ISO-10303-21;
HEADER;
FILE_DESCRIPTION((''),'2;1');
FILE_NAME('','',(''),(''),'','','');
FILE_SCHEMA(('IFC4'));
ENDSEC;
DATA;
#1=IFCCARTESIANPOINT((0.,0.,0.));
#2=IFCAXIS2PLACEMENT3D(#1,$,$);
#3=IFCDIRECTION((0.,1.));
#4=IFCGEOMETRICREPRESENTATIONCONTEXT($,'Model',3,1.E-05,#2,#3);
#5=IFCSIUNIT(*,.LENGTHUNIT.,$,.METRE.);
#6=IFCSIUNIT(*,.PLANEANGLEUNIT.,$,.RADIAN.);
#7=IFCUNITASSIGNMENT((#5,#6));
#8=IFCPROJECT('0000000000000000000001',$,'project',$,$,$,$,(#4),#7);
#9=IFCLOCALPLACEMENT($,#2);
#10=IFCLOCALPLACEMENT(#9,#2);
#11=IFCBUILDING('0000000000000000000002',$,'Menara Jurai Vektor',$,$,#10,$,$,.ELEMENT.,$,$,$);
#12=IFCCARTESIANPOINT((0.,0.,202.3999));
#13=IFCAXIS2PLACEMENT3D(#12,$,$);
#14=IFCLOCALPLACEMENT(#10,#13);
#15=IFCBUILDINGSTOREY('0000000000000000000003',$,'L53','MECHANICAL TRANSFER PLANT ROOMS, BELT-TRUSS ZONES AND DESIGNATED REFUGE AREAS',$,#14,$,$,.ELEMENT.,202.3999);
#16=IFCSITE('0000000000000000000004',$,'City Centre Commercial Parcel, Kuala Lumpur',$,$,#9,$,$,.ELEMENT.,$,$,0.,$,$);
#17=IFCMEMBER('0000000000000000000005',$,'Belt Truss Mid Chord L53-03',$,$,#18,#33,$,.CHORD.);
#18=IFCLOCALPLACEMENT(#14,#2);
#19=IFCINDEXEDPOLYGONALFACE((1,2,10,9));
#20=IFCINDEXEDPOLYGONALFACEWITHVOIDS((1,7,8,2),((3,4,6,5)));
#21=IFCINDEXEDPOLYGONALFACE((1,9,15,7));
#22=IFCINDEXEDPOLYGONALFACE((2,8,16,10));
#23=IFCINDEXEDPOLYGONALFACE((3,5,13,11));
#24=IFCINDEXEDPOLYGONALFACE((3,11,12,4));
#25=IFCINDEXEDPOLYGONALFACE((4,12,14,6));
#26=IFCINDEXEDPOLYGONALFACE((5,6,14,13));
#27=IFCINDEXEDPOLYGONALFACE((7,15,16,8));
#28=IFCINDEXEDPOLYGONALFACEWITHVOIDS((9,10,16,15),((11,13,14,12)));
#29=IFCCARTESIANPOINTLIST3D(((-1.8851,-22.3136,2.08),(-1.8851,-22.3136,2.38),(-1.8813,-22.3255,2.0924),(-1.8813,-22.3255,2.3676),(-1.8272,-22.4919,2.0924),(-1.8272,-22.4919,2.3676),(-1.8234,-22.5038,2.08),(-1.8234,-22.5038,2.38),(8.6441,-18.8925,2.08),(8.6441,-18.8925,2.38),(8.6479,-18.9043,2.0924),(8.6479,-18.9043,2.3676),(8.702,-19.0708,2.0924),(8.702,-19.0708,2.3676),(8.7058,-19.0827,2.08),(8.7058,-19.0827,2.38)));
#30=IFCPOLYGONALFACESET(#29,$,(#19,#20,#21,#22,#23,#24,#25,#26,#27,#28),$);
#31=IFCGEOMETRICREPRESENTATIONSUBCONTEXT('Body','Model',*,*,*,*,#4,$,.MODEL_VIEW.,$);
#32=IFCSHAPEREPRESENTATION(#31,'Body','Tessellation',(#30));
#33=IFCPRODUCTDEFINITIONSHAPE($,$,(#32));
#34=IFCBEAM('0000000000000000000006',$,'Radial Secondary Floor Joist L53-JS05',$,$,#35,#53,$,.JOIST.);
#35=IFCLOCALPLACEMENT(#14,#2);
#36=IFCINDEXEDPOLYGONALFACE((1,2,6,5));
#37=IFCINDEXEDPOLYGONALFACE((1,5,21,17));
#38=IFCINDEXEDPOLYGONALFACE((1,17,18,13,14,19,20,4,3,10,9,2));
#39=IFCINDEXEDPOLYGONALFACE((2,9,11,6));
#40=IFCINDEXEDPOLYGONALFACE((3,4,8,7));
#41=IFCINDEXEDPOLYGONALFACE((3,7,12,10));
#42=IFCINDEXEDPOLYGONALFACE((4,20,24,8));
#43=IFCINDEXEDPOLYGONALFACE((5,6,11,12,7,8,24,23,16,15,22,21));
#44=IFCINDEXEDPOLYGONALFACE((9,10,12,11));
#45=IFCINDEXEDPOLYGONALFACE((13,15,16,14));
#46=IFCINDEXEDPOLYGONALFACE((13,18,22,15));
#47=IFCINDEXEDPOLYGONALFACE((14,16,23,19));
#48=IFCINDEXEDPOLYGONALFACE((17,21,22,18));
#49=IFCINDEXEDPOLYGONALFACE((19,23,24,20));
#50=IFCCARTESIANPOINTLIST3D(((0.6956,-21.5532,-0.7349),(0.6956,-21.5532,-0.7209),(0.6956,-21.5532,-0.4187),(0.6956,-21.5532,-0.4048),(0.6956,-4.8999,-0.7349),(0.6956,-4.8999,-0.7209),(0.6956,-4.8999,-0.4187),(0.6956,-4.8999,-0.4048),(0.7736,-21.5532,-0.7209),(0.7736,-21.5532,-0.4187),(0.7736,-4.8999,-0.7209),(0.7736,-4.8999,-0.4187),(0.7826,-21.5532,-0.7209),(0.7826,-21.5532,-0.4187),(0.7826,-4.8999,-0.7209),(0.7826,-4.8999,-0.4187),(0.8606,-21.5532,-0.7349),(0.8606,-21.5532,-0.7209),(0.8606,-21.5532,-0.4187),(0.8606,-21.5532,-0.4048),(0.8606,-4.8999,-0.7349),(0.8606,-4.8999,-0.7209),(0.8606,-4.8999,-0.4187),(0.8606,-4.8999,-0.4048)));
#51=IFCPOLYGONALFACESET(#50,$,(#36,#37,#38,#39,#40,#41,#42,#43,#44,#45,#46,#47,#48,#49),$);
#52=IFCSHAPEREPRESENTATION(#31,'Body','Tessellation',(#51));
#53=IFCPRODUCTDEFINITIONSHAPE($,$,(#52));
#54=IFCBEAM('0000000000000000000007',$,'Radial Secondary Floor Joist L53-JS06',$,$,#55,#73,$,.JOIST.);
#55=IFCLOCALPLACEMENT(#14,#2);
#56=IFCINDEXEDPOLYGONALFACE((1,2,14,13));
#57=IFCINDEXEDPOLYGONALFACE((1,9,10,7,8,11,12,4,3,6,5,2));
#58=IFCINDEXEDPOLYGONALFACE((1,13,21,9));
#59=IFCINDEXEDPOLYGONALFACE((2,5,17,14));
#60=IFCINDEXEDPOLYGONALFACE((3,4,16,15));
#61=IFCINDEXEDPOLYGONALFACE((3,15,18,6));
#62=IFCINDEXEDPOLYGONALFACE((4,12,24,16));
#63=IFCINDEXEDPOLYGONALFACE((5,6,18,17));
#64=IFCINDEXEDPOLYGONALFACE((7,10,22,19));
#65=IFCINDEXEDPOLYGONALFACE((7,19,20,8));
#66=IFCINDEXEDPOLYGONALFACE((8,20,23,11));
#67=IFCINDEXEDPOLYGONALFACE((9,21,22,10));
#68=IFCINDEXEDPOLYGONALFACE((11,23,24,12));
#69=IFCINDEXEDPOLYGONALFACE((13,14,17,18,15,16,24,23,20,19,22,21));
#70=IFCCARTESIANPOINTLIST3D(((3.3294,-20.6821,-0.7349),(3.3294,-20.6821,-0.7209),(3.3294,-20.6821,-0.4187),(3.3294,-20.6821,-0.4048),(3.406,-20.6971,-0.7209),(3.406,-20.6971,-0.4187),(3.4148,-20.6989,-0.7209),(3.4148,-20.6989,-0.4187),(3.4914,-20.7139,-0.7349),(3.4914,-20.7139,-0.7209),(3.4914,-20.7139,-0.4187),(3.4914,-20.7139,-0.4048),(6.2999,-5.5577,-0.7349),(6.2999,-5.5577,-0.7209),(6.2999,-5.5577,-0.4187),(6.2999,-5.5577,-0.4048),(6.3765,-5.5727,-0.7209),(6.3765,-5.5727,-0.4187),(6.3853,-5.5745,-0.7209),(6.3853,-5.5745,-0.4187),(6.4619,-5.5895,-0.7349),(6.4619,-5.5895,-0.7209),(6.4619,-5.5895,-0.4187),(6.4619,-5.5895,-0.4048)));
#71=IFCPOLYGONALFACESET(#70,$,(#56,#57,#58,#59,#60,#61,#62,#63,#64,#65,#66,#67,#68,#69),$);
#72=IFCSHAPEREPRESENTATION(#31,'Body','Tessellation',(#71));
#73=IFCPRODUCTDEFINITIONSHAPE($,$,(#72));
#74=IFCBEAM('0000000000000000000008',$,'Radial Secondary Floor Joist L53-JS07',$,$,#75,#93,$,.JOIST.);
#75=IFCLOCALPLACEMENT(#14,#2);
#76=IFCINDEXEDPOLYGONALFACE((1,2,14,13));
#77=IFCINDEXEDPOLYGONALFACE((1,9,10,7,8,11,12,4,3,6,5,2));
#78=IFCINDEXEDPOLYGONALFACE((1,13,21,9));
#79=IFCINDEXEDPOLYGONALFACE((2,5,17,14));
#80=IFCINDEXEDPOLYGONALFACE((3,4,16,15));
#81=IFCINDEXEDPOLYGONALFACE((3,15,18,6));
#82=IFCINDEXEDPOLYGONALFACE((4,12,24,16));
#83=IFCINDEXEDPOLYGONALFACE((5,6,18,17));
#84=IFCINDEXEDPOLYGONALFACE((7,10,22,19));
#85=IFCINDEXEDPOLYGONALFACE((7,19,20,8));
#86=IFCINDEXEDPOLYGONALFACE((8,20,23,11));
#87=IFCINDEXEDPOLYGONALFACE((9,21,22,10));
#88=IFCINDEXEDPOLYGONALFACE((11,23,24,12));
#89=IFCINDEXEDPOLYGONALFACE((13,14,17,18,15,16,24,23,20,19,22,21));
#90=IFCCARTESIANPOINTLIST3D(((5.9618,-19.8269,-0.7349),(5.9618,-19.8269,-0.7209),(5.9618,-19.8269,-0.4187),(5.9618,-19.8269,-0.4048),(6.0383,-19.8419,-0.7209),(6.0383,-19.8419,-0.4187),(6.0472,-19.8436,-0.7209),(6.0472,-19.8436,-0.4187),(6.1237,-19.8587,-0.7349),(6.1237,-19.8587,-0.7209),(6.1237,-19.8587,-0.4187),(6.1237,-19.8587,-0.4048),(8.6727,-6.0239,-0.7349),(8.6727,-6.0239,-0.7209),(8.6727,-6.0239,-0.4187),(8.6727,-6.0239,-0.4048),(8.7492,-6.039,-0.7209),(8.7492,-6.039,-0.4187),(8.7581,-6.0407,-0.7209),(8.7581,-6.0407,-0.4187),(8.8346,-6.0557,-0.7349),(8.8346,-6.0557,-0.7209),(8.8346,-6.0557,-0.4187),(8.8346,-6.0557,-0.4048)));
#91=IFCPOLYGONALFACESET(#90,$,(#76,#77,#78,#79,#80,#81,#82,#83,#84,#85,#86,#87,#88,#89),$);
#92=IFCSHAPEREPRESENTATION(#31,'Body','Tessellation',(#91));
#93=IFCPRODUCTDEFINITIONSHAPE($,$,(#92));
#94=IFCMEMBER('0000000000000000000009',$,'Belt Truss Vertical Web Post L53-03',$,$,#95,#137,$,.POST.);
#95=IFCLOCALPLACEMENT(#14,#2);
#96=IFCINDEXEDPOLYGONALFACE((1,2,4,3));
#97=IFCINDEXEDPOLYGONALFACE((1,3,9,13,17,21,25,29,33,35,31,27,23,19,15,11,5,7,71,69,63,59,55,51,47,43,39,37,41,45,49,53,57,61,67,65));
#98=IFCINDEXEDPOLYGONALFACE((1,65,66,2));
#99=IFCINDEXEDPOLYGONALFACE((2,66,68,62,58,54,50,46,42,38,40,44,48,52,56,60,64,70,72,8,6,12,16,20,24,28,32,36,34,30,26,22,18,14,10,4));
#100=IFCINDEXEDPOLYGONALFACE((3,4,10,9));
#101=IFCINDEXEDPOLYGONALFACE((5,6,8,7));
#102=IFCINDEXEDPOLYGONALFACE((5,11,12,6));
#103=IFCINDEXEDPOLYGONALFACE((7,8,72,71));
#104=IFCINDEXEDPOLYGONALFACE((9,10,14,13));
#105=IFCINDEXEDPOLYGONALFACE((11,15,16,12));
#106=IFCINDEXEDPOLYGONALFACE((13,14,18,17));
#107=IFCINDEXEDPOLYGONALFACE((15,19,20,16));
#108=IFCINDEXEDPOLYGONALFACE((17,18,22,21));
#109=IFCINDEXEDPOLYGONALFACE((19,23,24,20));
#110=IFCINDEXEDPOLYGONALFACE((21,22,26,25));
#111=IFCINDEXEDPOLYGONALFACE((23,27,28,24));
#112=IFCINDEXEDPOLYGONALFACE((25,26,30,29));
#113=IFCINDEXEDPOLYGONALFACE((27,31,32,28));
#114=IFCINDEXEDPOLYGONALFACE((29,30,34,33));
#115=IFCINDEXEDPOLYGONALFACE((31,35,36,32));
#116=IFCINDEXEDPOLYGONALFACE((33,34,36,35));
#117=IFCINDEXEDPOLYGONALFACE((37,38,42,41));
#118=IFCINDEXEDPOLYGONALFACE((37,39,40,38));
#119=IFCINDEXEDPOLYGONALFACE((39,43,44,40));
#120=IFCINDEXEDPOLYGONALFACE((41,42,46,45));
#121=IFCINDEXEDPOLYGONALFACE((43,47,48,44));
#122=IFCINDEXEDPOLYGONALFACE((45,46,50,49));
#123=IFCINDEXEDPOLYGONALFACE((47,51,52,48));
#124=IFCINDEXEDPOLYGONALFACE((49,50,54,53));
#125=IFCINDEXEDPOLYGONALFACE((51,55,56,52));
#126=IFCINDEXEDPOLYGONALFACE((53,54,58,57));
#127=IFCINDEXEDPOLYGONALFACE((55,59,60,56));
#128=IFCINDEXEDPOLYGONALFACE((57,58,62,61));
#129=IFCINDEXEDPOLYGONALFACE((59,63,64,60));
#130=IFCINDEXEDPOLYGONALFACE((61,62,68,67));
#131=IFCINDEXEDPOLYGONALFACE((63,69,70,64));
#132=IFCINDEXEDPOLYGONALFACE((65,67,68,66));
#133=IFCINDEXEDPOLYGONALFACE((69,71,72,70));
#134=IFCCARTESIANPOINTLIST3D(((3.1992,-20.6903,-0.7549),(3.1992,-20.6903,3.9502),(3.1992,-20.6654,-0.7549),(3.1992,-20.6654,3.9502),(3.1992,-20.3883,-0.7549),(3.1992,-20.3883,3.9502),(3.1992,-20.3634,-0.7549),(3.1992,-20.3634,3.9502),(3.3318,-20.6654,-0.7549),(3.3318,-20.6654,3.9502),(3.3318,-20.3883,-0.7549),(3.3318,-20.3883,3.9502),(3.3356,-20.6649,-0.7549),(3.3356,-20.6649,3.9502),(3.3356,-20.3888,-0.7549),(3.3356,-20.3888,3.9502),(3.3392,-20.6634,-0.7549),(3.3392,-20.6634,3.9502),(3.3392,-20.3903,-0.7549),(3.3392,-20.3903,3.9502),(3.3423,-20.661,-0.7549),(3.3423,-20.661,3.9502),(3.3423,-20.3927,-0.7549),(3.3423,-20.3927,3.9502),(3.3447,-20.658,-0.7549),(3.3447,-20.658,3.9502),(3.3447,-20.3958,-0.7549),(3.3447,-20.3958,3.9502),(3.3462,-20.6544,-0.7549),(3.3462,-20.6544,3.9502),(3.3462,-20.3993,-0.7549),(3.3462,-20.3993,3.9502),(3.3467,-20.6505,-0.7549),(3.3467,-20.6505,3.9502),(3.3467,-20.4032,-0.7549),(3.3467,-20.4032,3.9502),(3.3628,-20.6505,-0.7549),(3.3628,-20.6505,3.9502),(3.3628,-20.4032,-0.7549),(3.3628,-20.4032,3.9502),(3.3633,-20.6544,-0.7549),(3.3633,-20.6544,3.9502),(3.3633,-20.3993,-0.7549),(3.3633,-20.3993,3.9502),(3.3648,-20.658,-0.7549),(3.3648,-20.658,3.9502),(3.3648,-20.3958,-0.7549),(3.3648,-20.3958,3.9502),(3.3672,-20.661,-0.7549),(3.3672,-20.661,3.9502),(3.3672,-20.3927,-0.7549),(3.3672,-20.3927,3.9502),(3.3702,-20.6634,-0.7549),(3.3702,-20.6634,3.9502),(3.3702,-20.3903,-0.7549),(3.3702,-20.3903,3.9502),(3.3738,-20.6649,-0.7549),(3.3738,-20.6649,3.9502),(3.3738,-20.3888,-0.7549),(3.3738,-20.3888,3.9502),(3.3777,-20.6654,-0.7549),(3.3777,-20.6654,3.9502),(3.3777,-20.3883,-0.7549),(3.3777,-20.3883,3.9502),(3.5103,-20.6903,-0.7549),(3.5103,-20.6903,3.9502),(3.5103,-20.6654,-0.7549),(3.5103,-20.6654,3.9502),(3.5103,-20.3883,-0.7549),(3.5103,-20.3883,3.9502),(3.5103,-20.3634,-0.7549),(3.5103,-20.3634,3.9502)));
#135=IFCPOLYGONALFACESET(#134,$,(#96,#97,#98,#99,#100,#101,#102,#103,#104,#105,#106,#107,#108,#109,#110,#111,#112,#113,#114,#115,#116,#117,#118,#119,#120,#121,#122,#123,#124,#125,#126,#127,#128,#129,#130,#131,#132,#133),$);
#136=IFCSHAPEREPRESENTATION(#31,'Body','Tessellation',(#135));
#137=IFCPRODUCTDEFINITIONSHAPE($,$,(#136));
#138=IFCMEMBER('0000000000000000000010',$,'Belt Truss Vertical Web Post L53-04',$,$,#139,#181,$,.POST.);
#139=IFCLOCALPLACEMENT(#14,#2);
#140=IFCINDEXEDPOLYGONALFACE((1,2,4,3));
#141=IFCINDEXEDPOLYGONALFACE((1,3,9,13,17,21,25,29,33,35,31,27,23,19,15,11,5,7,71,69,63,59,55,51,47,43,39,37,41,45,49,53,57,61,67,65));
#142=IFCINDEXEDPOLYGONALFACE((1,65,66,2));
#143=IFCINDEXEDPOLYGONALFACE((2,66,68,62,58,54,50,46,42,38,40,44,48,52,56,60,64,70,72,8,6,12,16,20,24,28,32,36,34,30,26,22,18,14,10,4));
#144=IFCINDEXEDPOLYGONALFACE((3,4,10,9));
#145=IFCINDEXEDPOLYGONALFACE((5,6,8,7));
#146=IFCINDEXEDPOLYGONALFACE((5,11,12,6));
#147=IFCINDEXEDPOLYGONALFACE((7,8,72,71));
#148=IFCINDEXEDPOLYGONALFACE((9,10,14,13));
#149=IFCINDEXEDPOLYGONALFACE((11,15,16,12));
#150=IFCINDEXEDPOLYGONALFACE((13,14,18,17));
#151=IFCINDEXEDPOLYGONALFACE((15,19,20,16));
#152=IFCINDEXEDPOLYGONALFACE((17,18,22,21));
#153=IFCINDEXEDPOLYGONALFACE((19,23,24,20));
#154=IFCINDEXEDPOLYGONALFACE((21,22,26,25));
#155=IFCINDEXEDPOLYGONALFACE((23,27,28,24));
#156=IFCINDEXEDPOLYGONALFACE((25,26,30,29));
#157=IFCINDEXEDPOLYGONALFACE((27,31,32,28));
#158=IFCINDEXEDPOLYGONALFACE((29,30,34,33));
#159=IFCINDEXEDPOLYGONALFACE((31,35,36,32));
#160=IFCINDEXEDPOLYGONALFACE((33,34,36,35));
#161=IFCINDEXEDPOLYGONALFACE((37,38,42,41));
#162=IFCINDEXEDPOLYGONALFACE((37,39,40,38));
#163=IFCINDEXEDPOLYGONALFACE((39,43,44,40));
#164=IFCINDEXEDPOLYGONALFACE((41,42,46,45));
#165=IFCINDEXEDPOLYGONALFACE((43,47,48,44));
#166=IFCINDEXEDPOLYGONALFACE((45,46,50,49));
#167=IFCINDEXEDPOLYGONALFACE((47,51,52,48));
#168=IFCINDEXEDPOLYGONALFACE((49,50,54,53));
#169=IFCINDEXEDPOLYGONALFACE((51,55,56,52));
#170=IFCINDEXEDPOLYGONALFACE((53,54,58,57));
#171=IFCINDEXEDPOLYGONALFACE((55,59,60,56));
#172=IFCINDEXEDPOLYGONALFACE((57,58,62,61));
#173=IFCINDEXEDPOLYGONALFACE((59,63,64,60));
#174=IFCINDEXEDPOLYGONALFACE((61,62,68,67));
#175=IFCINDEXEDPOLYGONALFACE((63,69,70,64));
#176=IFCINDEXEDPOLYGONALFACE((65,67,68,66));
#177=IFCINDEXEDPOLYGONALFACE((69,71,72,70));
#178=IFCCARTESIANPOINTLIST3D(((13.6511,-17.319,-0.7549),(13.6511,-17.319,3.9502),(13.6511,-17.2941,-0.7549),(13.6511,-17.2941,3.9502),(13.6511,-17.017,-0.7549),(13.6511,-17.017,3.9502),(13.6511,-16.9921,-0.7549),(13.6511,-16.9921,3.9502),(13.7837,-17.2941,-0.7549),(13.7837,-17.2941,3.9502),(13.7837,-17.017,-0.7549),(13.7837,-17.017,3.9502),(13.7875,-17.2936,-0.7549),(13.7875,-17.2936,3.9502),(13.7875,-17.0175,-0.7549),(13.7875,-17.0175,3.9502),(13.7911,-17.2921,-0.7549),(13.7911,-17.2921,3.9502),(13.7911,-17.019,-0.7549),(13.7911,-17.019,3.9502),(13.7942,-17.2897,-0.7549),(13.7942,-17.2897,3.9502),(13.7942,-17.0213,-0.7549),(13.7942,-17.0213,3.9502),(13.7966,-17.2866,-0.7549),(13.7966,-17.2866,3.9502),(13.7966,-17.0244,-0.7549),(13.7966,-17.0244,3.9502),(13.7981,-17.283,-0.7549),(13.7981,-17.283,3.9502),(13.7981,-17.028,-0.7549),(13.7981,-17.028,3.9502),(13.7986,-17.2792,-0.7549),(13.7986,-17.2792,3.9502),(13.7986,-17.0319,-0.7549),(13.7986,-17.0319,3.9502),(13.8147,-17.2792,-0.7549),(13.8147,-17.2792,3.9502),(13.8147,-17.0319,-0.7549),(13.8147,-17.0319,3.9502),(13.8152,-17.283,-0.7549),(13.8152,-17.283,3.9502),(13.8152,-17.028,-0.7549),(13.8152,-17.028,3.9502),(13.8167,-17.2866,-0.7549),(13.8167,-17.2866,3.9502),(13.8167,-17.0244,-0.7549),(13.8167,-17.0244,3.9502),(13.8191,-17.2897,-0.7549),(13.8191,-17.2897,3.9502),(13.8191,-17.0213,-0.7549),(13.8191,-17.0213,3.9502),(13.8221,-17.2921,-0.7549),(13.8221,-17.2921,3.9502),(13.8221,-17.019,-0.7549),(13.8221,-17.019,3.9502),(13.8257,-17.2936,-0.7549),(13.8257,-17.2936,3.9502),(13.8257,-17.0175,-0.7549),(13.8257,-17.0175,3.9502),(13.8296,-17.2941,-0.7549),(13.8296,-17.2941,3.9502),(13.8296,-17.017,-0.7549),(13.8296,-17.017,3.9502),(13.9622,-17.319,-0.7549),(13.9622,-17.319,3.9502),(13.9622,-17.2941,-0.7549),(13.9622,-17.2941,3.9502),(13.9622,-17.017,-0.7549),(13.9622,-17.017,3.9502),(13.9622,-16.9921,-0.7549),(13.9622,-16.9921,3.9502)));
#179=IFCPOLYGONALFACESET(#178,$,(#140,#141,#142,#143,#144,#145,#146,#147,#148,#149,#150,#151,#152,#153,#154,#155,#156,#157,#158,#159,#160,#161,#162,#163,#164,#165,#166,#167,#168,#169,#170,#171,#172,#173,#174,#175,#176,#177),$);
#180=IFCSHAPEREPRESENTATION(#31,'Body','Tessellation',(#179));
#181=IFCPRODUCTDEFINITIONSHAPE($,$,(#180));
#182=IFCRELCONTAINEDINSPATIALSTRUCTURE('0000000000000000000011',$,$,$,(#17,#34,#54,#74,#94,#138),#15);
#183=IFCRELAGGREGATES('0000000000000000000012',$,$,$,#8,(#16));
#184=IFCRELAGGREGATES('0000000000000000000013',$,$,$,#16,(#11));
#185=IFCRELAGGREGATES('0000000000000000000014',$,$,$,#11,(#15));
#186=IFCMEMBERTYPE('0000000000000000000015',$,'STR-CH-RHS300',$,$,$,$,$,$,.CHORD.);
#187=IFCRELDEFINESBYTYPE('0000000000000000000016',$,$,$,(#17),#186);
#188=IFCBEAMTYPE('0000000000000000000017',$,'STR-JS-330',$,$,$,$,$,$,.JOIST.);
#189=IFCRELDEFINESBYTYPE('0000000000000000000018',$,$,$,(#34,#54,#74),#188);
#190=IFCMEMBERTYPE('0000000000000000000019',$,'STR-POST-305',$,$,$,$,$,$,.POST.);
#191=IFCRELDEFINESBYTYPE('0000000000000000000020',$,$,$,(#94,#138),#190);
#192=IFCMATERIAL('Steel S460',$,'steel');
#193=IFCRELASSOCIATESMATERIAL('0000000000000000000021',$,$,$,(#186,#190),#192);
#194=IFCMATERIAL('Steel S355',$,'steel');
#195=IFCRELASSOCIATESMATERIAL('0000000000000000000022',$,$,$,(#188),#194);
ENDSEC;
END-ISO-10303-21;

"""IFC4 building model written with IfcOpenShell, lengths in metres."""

from ifc_helpers import new_model, si_unit, direction, frame, origin, origin_2d, place, context, subcontext, project, spatial, hollow_rectangle, i_section, extrude, material, material_profile, profile_set, type_object, element, save


model = new_model("IFC4")

# Units and contexts
model_context = context("Model", 3, precision=1e-05, world=origin(), true_north=direction((0.0, 1.0)))
body_context = subcontext(model_context, "Body", "Model", "MODEL_VIEW")
ifc_project = project(units=[si_unit("LENGTHUNIT", "METRE"), si_unit("PLANEANGLEUNIT", "RADIAN")], contexts=[model_context])

# Site, building, storey
site_placement = place(None, origin())
site = spatial("IfcSite", under=ifc_project, at=site_placement, Name="City Centre Commercial Parcel, Kuala Lumpur", CompositionType="ELEMENT", RefElevation=0.0)
building_placement = place(site_placement, origin())
building = spatial("IfcBuilding", under=site, at=building_placement, Name="Menara Jurai Vektor", CompositionType="ELEMENT")
storey_placement = place(building_placement, frame((0.0, 0.0, 202.3999)))
storey = spatial("IfcBuildingStorey", under=building, at=storey_placement, Name="L53", Description="MECHANICAL TRANSFER PLANT ROOMS, BELT-TRUSS ZONES AND DESIGNATED REFUGE AREAS", CompositionType="ELEMENT", Elevation=202.3999)

# Shared definitions
ifc_material_1 = material(Name="Steel S460", Category="steel")

# Member
ifc_material_profile_1 = material_profile(ifc_material_1, hollow_rectangle(XDim=0.2, YDim=0.3, WallThickness=0.0125, at=origin_2d()), Name="RHS 300x200x12.5")
ifc_profile_set_1 = profile_set([ifc_material_profile_1], Name="Steel S460")
member_type_1 = type_object("IfcMemberType", Name="STR-CH-RHS300", PredefinedType="CHORD", material=ifc_profile_set_1)
member_1_placement = place(storey_placement, frame((-1.8542, -22.4087, 2.23), z_axis=(0.951057, 0.309014, 0.0), x_axis=(-0.309014, 0.951057, 0.0)))
element("IfcMember", 1, at=member_1_placement, inside=storey, type_object=member_type_1, Name="Belt Truss Mid Chord L53-03", PredefinedType="CHORD", context=body_context, shape_type="SweptSolid", body=[
    extrude(hollow_rectangle(XDim=0.2, YDim=0.3, WallThickness=0.0125, at=origin_2d()), origin(), (0.0, 0.0, 1.0), 11.071),
])

# Beams
ifc_material_2 = material(Name="Steel S355", Category="steel")
ifc_material_profile_2 = material_profile(ifc_material_2, i_section(OverallWidth=0.165, OverallDepth=0.3301, WebThickness=0.009, FlangeThickness=0.0139, at=origin_2d()), Name="PG 330x165x46")
ifc_profile_set_2 = profile_set([ifc_material_profile_2], Name="Steel S355")
beam_type_1 = type_object("IfcBeamType", Name="STR-JS-330", PredefinedType="JOIST", material=ifc_profile_set_2)
beam_1_placement = place(storey_placement, frame((0.7781, -21.5532, -0.5698), z_axis=(0.0, 1.0, 0.0), x_axis=(-1.0, 0.0, 0.0)))
element("IfcBeam", 2, at=beam_1_placement, inside=storey, type_object=beam_type_1, Name="Radial Secondary Floor Joist L53-JS05", PredefinedType="JOIST", context=body_context, shape_type="SweptSolid", body=[
    extrude(i_section(OverallWidth=0.165, OverallDepth=0.3301, WebThickness=0.009, FlangeThickness=0.0139, at=origin_2d()), origin(), (0.0, 0.0, 1.0), 16.6533),
])
beam_2_placement = place(storey_placement, frame((3.4104, -20.698, -0.5698), z_axis=(0.192722, 0.981253, 0.0), x_axis=(-0.981253, 0.192722, 0.0)))
element("IfcBeam", 3, at=beam_2_placement, inside=storey, type_object=beam_type_1, Name="Radial Secondary Floor Joist L53-JS06", PredefinedType="JOIST", context=body_context, shape_type="SweptSolid", body=[
    extrude(i_section(OverallWidth=0.165, OverallDepth=0.3301, WebThickness=0.009, FlangeThickness=0.0139, at=origin_2d()), origin(), (0.0, 0.0, 1.0), 15.4133),
])
beam_3_placement = place(storey_placement, frame((6.0427, -19.8428, -0.5698), z_axis=(0.192721, 0.981254, 0.0), x_axis=(-0.981254, 0.192721, 0.0)))
element("IfcBeam", 4, at=beam_3_placement, inside=storey, type_object=beam_type_1, Name="Radial Secondary Floor Joist L53-JS07", PredefinedType="JOIST", context=body_context, shape_type="SweptSolid", body=[
    extrude(i_section(OverallWidth=0.165, OverallDepth=0.3301, WebThickness=0.009, FlangeThickness=0.0139, at=origin_2d()), origin(), (0.0, 0.0, 1.0), 14.0667),
])

# Members
ifc_material_profile_3 = material_profile(ifc_material_1, i_section(OverallWidth=0.311, OverallDepth=0.3269, WebThickness=0.0161, FlangeThickness=0.0249, FilletRadius=0.0149, at=origin_2d()), Name="UKC 305x305x158")
ifc_profile_set_3 = profile_set([ifc_material_profile_3], Name="Steel S460")
member_type_2 = type_object("IfcMemberType", Name="STR-POST-305", PredefinedType="POST", material=ifc_profile_set_3)
for number, where, z_axis, x_axis, name in (
    (5, (3.3547, -20.5269, -0.7549), (0.0, 0.0, 1.0), (1.0, 0.0, 0.0), "Belt Truss Vertical Web Post L53-03"),
    (6, (13.8066, -17.1555, -0.7549), (0.0, 0.0, 1.0), (1.0, 0.0, 0.0), "Belt Truss Vertical Web Post L53-04"),
):
    element("IfcMember", number, at=place(storey_placement, frame(where, z_axis=z_axis, x_axis=x_axis)), inside=storey, type_object=member_type_2, Name=name, PredefinedType="POST", context=body_context, shape_type="SweptSolid", body=[
        extrude(i_section(OverallWidth=0.311, OverallDepth=0.3269, WebThickness=0.0161, FlangeThickness=0.0249, FilletRadius=0.0149, at=origin_2d()), origin(), (0.0, 0.0, 1.0), 4.7051),
    ])

save(model, "model.ifc")
